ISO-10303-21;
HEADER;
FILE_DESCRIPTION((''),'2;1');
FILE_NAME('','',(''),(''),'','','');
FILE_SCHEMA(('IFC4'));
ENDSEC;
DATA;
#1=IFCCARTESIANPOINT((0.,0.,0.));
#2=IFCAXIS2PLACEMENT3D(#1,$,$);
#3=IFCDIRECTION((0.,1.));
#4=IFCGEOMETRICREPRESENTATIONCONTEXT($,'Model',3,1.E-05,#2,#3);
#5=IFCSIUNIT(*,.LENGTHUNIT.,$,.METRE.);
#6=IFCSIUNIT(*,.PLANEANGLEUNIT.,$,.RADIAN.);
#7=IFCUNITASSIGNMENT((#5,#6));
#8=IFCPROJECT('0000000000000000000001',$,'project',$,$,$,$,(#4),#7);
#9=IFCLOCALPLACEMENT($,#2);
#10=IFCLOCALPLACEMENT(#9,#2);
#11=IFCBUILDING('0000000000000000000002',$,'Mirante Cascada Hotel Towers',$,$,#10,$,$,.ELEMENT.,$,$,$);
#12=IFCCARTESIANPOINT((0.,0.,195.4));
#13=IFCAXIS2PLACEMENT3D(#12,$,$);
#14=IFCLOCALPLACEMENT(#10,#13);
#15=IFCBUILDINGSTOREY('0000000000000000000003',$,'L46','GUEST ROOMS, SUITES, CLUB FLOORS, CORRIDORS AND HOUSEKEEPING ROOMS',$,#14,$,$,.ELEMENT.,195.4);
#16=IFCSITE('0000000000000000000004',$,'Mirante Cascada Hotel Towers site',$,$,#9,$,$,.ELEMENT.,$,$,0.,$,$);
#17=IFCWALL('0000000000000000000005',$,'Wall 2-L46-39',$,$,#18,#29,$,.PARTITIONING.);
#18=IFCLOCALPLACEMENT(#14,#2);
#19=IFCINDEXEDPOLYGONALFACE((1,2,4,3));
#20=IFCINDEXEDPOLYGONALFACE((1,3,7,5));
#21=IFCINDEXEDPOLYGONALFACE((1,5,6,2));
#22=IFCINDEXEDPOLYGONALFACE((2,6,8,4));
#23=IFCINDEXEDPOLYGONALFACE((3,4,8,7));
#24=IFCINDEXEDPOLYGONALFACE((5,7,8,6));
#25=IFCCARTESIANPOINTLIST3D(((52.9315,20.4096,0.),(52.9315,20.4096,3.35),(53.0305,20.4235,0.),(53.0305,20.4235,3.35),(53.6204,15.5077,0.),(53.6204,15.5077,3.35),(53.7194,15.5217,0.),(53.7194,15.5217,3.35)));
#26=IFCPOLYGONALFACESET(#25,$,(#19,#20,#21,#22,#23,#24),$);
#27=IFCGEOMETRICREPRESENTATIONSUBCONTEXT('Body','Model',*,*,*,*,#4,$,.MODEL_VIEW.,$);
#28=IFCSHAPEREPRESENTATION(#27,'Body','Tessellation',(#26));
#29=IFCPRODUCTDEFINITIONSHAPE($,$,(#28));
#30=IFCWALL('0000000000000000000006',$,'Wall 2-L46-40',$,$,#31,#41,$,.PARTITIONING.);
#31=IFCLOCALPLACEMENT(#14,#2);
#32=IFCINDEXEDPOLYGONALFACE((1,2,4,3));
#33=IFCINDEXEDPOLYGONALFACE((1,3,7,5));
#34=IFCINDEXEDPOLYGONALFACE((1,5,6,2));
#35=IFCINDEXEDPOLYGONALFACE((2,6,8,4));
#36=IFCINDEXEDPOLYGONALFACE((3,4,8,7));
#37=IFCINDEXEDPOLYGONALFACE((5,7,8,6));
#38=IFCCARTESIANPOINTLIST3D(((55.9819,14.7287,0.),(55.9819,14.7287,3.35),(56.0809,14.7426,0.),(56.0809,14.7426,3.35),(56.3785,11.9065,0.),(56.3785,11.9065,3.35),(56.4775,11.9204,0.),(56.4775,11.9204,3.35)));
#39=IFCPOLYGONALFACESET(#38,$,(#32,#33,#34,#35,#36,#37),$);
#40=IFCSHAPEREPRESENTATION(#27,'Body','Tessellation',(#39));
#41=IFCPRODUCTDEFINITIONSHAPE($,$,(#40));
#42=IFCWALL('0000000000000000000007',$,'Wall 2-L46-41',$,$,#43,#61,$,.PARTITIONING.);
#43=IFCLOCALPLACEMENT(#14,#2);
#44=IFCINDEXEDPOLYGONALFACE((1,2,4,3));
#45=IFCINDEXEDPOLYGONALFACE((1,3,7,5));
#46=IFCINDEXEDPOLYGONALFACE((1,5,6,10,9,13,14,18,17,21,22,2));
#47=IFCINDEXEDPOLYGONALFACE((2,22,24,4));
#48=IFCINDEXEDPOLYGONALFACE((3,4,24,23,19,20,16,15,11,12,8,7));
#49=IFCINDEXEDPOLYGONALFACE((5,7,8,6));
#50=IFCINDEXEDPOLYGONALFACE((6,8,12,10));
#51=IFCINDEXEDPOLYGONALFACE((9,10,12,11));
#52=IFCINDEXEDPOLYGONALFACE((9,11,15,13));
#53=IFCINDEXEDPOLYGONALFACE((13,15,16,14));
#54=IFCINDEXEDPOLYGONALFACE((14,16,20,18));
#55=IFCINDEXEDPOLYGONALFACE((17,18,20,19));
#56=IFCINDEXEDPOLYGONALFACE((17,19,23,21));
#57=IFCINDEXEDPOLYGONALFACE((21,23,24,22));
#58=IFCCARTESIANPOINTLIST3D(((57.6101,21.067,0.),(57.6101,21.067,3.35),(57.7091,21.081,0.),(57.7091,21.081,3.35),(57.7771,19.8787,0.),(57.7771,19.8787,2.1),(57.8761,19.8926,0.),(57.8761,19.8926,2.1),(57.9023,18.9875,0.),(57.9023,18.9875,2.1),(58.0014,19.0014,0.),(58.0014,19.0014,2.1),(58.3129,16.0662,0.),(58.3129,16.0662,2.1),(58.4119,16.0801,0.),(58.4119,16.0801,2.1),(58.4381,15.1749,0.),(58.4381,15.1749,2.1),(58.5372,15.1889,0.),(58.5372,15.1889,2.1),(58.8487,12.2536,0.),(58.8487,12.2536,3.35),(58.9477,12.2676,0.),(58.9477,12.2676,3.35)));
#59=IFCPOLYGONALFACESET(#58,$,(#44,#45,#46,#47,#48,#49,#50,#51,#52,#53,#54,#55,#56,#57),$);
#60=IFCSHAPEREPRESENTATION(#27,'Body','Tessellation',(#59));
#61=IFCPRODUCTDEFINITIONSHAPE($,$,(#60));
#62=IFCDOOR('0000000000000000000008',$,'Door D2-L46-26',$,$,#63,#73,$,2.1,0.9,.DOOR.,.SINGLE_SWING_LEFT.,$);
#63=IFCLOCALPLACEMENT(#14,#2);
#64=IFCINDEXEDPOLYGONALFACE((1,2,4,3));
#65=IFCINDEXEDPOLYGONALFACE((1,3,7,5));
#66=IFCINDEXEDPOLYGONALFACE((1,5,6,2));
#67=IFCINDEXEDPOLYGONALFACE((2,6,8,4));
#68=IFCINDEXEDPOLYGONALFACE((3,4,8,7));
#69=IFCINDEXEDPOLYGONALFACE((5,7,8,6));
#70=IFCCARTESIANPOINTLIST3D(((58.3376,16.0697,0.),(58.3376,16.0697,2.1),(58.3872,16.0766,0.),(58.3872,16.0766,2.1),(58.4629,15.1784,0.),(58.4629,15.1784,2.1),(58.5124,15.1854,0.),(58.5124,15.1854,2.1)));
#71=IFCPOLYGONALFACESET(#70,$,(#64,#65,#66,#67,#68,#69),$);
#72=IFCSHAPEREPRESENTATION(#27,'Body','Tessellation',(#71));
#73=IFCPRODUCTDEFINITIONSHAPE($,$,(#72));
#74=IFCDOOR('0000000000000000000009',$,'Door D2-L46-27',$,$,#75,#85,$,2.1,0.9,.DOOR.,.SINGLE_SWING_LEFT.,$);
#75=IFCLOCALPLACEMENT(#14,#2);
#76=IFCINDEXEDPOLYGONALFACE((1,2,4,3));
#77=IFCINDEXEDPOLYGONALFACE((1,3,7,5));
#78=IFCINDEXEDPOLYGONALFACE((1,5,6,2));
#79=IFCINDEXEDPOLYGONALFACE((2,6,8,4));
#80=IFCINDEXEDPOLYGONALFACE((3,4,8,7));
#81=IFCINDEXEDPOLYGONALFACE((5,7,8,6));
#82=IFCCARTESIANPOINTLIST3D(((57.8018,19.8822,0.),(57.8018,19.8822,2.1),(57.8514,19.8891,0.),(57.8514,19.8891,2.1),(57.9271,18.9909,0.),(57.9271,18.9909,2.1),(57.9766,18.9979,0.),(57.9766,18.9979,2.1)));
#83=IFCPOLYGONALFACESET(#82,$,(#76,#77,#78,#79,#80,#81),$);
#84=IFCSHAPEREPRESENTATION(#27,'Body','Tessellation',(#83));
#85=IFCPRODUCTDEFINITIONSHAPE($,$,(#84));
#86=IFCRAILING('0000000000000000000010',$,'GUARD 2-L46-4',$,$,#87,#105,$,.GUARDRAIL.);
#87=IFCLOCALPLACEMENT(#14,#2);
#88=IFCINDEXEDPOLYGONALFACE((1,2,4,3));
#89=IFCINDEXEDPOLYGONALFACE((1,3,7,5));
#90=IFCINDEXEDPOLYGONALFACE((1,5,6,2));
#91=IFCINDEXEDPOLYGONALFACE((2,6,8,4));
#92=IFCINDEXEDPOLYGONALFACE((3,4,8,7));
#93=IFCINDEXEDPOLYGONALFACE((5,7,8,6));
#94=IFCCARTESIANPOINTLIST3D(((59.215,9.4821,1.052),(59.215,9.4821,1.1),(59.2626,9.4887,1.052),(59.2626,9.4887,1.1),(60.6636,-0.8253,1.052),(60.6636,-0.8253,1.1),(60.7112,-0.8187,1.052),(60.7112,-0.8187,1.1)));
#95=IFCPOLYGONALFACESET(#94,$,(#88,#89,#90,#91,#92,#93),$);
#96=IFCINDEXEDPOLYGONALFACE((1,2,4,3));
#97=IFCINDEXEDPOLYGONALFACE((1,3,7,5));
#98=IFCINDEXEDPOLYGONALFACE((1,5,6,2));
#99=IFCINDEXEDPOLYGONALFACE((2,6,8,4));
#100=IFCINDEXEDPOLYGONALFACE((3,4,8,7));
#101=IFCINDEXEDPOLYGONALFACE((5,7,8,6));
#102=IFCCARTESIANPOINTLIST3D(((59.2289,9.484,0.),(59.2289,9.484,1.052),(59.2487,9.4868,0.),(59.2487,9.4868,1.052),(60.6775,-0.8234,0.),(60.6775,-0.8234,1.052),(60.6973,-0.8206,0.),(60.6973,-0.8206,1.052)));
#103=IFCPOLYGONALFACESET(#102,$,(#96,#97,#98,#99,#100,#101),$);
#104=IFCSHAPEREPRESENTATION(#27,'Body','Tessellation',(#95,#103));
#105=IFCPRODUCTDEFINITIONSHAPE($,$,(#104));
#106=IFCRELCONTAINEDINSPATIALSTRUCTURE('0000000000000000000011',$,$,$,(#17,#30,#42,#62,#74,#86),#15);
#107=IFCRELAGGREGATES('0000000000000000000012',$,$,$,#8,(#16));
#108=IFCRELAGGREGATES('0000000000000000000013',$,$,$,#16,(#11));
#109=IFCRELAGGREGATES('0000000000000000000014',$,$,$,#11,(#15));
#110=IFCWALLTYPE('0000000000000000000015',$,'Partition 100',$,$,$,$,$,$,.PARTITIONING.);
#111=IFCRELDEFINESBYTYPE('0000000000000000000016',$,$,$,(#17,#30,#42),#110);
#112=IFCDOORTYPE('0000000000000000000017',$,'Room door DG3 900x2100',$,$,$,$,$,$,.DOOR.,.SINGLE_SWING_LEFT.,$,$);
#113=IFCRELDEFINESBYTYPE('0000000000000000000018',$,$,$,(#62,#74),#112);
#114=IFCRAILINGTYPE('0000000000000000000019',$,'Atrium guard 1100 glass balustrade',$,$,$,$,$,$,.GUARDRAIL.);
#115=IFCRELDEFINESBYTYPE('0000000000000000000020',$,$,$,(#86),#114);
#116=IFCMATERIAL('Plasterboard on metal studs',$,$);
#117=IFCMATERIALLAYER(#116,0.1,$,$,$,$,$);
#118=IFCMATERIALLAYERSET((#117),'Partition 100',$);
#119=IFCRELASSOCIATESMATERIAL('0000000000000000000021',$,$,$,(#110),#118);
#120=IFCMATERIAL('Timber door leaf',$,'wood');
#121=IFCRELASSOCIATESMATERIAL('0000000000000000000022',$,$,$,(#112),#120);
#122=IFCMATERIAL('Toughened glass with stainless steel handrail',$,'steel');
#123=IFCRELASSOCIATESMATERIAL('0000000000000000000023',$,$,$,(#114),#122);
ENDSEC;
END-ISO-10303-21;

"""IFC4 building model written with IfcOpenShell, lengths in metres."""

from ifc_helpers import new_model, si_unit, direction, frame, frame_2d, origin, origin_2d, place, context, subcontext, project, spatial, rectangle, extrude, material, layer, layer_set, type_object, element, fill, save


model = new_model("IFC4")

# Units and contexts
model_context = context("Model", 3, precision=1e-05, world=origin(), true_north=direction((0.0, 1.0)))
body_context = subcontext(model_context, "Body", "Model", "MODEL_VIEW")
ifc_project = project(units=[si_unit("LENGTHUNIT", "METRE"), si_unit("PLANEANGLEUNIT", "RADIAN")], contexts=[model_context])

# Site, building, storey
site_placement = place(None, origin())
site = spatial("IfcSite", under=ifc_project, at=site_placement, Name="Mirante Cascada Hotel Towers site", CompositionType="ELEMENT", RefElevation=0.0)
building_placement = place(site_placement, origin())
building = spatial("IfcBuilding", under=site, at=building_placement, Name="Mirante Cascada Hotel Towers", CompositionType="ELEMENT")
storey_placement = place(building_placement, frame((0.0, 0.0, 195.4)))
storey = spatial("IfcBuildingStorey", under=building, at=storey_placement, Name="L46", Description="GUEST ROOMS, SUITES, CLUB FLOORS, CORRIDORS AND HOUSEKEEPING ROOMS", CompositionType="ELEMENT", Elevation=195.4)

# Shared definitions
ifc_material_1 = material(Name="Plasterboard on metal studs")
ifc_layer_1 = layer(ifc_material_1, 0.1)
ifc_layer_set_1 = layer_set([ifc_layer_1], Name="Partition 100")
wall_type = type_object("IfcWallType", Name="Partition 100", PredefinedType="PARTITIONING", material=ifc_layer_set_1)

# Shared definitions
ifc_material_2 = material(Name="Timber door leaf", Category="wood")
door_type_1 = type_object("IfcDoorType", Name="Room door DG3 900x2100", OperationType="SINGLE_SWING_LEFT", PredefinedType="DOOR", material=ifc_material_2)

# Walls
wall_1_placement = place(storey_placement, frame((53.6699, 15.5147, 0.0), z_axis=(0.0, 0.0, 1.0), x_axis=(-0.139173, 0.990268, 0.0)))
element("IfcWall", 1, at=wall_1_placement, inside=storey, type_object=wall_type, Name="Wall 2-L46-39", PredefinedType="PARTITIONING", context=body_context, shape_type="SweptSolid", body=[
    extrude(rectangle(XDim=4.95, YDim=0.1, at=frame_2d((2.475, 0.0))), origin(), (0.0, 0.0, 1.0), 3.35),
])
wall_2_placement = place(storey_placement, frame((56.0314, 14.7357, 0.0), z_axis=(0.0, 0.0, 1.0), x_axis=(0.139161, -0.99027, 0.0)))
element("IfcWall", 2, at=wall_2_placement, inside=storey, type_object=wall_type, Name="Wall 2-L46-40", PredefinedType="PARTITIONING", context=body_context, shape_type="SweptSolid", body=[
    extrude(rectangle(XDim=2.8499, YDim=0.1, at=frame_2d((1.425, 0.0))), origin(), (0.0, 0.0, 1.0), 3.35),
])

# Wall, openings, doors
wall_3_placement = place(storey_placement, frame((58.8982, 12.2606, 0.0), z_axis=(0.0, 0.0, 1.0), x_axis=(-0.139168, 0.990269, 0.0)))
wall_3 = element("IfcWall", 3, at=wall_3_placement, inside=storey, type_object=wall_type, Name="Wall 2-L46-41", PredefinedType="PARTITIONING", context=body_context, shape_type="SweptSolid", body=[
    extrude(rectangle(XDim=8.9, YDim=0.1, at=frame_2d((4.45, 0.0))), origin(), (0.0, 0.0, 1.0), 3.35),
])
opening_1_placement = place(wall_3_placement, frame((2.95, 0.0, 0.0)))
opening_1 = element("IfcOpeningElement", 4, at=opening_1_placement, cuts=wall_3, PredefinedType="OPENING", context=body_context, shape_type="SweptSolid", body=[
    extrude(rectangle(XDim=0.9, YDim=2.1, at=frame_2d((0.45, 1.05))), frame((0.0, 0.05, 0.0), z_axis=(0.0, -1.0, 0.0), x_axis=(1.0, 0.0, 0.0)), (0.0, 0.0, 1.0), 0.1),
])
opening_2_placement = place(wall_3_placement, frame((6.8, 0.0, 0.0)))
opening_2 = element("IfcOpeningElement", 5, at=opening_2_placement, cuts=wall_3, PredefinedType="OPENING", context=body_context, shape_type="SweptSolid", body=[
    extrude(rectangle(XDim=0.9, YDim=2.1, at=frame_2d((0.45, 1.05))), frame((0.0, 0.05, 0.0), z_axis=(0.0, -1.0, 0.0), x_axis=(1.0, 0.0, 0.0)), (0.0, 0.0, 1.0), 0.1),
])
door_1_placement = place(opening_1_placement, origin())
door_1 = element("IfcDoor", 6, at=door_1_placement, inside=storey, type_object=door_type_1, Name="Door D2-L46-26", OperationType="SINGLE_SWING_LEFT", OverallHeight=2.1, OverallWidth=0.9, PredefinedType="DOOR", context=body_context, shape_type="SweptSolid", body=[
    extrude(rectangle(XDim=0.9, YDim=2.1, at=frame_2d((0.45, 1.05))), frame((0.0, 0.025, 0.0), z_axis=(0.0, -1.0, 0.0), x_axis=(1.0, 0.0, 0.0)), (0.0, 0.0, 1.0), 0.05),
])
fill(opening_1, door_1)
door_2_placement = place(opening_2_placement, origin())
door_2 = element("IfcDoor", 7, at=door_2_placement, inside=storey, type_object=door_type_1, Name="Door D2-L46-27", OperationType="SINGLE_SWING_LEFT", OverallHeight=2.1, OverallWidth=0.9, PredefinedType="DOOR", context=body_context, shape_type="SweptSolid", body=[
    extrude(rectangle(XDim=0.9, YDim=2.1, at=frame_2d((0.45, 1.05))), frame((0.0, 0.025, 0.0), z_axis=(0.0, -1.0, 0.0), x_axis=(1.0, 0.0, 0.0)), (0.0, 0.0, 1.0), 0.05),
])
fill(opening_2, door_2)

# Railing
ifc_material_3 = material(Name="Toughened glass with stainless steel handrail", Category="steel")
railing_type = type_object("IfcRailingType", Name="Atrium guard 1100 glass balustrade", PredefinedType="GUARDRAIL", material=ifc_material_3)
railing_placement = place(storey_placement, frame((59.2388, 9.4854, 0.0)))
element("IfcRailing", 8, at=railing_placement, inside=storey, type_object=railing_type, Name="GUARD 2-L46-4", PredefinedType="GUARDRAIL", context=body_context, shape_type="SweptSolid", body=[
    extrude(rectangle(XDim=0.048, YDim=0.048, at=origin_2d()), frame((0.0, 0.0, 1.076), z_axis=(0.139172, -0.990268, 0.0), x_axis=(0.990268, 0.139172, 0.0)), (0.0, 0.0, 1.0), 10.4087),
    extrude(rectangle(XDim=0.02, YDim=1.052, at=origin_2d()), frame((0.0, 0.0, 0.526), z_axis=(0.139172, -0.990268, 0.0), x_axis=(0.990268, 0.139172, 0.0)), (0.0, 0.0, 1.0), 10.4087),
])

save(model, "model.ifc")
